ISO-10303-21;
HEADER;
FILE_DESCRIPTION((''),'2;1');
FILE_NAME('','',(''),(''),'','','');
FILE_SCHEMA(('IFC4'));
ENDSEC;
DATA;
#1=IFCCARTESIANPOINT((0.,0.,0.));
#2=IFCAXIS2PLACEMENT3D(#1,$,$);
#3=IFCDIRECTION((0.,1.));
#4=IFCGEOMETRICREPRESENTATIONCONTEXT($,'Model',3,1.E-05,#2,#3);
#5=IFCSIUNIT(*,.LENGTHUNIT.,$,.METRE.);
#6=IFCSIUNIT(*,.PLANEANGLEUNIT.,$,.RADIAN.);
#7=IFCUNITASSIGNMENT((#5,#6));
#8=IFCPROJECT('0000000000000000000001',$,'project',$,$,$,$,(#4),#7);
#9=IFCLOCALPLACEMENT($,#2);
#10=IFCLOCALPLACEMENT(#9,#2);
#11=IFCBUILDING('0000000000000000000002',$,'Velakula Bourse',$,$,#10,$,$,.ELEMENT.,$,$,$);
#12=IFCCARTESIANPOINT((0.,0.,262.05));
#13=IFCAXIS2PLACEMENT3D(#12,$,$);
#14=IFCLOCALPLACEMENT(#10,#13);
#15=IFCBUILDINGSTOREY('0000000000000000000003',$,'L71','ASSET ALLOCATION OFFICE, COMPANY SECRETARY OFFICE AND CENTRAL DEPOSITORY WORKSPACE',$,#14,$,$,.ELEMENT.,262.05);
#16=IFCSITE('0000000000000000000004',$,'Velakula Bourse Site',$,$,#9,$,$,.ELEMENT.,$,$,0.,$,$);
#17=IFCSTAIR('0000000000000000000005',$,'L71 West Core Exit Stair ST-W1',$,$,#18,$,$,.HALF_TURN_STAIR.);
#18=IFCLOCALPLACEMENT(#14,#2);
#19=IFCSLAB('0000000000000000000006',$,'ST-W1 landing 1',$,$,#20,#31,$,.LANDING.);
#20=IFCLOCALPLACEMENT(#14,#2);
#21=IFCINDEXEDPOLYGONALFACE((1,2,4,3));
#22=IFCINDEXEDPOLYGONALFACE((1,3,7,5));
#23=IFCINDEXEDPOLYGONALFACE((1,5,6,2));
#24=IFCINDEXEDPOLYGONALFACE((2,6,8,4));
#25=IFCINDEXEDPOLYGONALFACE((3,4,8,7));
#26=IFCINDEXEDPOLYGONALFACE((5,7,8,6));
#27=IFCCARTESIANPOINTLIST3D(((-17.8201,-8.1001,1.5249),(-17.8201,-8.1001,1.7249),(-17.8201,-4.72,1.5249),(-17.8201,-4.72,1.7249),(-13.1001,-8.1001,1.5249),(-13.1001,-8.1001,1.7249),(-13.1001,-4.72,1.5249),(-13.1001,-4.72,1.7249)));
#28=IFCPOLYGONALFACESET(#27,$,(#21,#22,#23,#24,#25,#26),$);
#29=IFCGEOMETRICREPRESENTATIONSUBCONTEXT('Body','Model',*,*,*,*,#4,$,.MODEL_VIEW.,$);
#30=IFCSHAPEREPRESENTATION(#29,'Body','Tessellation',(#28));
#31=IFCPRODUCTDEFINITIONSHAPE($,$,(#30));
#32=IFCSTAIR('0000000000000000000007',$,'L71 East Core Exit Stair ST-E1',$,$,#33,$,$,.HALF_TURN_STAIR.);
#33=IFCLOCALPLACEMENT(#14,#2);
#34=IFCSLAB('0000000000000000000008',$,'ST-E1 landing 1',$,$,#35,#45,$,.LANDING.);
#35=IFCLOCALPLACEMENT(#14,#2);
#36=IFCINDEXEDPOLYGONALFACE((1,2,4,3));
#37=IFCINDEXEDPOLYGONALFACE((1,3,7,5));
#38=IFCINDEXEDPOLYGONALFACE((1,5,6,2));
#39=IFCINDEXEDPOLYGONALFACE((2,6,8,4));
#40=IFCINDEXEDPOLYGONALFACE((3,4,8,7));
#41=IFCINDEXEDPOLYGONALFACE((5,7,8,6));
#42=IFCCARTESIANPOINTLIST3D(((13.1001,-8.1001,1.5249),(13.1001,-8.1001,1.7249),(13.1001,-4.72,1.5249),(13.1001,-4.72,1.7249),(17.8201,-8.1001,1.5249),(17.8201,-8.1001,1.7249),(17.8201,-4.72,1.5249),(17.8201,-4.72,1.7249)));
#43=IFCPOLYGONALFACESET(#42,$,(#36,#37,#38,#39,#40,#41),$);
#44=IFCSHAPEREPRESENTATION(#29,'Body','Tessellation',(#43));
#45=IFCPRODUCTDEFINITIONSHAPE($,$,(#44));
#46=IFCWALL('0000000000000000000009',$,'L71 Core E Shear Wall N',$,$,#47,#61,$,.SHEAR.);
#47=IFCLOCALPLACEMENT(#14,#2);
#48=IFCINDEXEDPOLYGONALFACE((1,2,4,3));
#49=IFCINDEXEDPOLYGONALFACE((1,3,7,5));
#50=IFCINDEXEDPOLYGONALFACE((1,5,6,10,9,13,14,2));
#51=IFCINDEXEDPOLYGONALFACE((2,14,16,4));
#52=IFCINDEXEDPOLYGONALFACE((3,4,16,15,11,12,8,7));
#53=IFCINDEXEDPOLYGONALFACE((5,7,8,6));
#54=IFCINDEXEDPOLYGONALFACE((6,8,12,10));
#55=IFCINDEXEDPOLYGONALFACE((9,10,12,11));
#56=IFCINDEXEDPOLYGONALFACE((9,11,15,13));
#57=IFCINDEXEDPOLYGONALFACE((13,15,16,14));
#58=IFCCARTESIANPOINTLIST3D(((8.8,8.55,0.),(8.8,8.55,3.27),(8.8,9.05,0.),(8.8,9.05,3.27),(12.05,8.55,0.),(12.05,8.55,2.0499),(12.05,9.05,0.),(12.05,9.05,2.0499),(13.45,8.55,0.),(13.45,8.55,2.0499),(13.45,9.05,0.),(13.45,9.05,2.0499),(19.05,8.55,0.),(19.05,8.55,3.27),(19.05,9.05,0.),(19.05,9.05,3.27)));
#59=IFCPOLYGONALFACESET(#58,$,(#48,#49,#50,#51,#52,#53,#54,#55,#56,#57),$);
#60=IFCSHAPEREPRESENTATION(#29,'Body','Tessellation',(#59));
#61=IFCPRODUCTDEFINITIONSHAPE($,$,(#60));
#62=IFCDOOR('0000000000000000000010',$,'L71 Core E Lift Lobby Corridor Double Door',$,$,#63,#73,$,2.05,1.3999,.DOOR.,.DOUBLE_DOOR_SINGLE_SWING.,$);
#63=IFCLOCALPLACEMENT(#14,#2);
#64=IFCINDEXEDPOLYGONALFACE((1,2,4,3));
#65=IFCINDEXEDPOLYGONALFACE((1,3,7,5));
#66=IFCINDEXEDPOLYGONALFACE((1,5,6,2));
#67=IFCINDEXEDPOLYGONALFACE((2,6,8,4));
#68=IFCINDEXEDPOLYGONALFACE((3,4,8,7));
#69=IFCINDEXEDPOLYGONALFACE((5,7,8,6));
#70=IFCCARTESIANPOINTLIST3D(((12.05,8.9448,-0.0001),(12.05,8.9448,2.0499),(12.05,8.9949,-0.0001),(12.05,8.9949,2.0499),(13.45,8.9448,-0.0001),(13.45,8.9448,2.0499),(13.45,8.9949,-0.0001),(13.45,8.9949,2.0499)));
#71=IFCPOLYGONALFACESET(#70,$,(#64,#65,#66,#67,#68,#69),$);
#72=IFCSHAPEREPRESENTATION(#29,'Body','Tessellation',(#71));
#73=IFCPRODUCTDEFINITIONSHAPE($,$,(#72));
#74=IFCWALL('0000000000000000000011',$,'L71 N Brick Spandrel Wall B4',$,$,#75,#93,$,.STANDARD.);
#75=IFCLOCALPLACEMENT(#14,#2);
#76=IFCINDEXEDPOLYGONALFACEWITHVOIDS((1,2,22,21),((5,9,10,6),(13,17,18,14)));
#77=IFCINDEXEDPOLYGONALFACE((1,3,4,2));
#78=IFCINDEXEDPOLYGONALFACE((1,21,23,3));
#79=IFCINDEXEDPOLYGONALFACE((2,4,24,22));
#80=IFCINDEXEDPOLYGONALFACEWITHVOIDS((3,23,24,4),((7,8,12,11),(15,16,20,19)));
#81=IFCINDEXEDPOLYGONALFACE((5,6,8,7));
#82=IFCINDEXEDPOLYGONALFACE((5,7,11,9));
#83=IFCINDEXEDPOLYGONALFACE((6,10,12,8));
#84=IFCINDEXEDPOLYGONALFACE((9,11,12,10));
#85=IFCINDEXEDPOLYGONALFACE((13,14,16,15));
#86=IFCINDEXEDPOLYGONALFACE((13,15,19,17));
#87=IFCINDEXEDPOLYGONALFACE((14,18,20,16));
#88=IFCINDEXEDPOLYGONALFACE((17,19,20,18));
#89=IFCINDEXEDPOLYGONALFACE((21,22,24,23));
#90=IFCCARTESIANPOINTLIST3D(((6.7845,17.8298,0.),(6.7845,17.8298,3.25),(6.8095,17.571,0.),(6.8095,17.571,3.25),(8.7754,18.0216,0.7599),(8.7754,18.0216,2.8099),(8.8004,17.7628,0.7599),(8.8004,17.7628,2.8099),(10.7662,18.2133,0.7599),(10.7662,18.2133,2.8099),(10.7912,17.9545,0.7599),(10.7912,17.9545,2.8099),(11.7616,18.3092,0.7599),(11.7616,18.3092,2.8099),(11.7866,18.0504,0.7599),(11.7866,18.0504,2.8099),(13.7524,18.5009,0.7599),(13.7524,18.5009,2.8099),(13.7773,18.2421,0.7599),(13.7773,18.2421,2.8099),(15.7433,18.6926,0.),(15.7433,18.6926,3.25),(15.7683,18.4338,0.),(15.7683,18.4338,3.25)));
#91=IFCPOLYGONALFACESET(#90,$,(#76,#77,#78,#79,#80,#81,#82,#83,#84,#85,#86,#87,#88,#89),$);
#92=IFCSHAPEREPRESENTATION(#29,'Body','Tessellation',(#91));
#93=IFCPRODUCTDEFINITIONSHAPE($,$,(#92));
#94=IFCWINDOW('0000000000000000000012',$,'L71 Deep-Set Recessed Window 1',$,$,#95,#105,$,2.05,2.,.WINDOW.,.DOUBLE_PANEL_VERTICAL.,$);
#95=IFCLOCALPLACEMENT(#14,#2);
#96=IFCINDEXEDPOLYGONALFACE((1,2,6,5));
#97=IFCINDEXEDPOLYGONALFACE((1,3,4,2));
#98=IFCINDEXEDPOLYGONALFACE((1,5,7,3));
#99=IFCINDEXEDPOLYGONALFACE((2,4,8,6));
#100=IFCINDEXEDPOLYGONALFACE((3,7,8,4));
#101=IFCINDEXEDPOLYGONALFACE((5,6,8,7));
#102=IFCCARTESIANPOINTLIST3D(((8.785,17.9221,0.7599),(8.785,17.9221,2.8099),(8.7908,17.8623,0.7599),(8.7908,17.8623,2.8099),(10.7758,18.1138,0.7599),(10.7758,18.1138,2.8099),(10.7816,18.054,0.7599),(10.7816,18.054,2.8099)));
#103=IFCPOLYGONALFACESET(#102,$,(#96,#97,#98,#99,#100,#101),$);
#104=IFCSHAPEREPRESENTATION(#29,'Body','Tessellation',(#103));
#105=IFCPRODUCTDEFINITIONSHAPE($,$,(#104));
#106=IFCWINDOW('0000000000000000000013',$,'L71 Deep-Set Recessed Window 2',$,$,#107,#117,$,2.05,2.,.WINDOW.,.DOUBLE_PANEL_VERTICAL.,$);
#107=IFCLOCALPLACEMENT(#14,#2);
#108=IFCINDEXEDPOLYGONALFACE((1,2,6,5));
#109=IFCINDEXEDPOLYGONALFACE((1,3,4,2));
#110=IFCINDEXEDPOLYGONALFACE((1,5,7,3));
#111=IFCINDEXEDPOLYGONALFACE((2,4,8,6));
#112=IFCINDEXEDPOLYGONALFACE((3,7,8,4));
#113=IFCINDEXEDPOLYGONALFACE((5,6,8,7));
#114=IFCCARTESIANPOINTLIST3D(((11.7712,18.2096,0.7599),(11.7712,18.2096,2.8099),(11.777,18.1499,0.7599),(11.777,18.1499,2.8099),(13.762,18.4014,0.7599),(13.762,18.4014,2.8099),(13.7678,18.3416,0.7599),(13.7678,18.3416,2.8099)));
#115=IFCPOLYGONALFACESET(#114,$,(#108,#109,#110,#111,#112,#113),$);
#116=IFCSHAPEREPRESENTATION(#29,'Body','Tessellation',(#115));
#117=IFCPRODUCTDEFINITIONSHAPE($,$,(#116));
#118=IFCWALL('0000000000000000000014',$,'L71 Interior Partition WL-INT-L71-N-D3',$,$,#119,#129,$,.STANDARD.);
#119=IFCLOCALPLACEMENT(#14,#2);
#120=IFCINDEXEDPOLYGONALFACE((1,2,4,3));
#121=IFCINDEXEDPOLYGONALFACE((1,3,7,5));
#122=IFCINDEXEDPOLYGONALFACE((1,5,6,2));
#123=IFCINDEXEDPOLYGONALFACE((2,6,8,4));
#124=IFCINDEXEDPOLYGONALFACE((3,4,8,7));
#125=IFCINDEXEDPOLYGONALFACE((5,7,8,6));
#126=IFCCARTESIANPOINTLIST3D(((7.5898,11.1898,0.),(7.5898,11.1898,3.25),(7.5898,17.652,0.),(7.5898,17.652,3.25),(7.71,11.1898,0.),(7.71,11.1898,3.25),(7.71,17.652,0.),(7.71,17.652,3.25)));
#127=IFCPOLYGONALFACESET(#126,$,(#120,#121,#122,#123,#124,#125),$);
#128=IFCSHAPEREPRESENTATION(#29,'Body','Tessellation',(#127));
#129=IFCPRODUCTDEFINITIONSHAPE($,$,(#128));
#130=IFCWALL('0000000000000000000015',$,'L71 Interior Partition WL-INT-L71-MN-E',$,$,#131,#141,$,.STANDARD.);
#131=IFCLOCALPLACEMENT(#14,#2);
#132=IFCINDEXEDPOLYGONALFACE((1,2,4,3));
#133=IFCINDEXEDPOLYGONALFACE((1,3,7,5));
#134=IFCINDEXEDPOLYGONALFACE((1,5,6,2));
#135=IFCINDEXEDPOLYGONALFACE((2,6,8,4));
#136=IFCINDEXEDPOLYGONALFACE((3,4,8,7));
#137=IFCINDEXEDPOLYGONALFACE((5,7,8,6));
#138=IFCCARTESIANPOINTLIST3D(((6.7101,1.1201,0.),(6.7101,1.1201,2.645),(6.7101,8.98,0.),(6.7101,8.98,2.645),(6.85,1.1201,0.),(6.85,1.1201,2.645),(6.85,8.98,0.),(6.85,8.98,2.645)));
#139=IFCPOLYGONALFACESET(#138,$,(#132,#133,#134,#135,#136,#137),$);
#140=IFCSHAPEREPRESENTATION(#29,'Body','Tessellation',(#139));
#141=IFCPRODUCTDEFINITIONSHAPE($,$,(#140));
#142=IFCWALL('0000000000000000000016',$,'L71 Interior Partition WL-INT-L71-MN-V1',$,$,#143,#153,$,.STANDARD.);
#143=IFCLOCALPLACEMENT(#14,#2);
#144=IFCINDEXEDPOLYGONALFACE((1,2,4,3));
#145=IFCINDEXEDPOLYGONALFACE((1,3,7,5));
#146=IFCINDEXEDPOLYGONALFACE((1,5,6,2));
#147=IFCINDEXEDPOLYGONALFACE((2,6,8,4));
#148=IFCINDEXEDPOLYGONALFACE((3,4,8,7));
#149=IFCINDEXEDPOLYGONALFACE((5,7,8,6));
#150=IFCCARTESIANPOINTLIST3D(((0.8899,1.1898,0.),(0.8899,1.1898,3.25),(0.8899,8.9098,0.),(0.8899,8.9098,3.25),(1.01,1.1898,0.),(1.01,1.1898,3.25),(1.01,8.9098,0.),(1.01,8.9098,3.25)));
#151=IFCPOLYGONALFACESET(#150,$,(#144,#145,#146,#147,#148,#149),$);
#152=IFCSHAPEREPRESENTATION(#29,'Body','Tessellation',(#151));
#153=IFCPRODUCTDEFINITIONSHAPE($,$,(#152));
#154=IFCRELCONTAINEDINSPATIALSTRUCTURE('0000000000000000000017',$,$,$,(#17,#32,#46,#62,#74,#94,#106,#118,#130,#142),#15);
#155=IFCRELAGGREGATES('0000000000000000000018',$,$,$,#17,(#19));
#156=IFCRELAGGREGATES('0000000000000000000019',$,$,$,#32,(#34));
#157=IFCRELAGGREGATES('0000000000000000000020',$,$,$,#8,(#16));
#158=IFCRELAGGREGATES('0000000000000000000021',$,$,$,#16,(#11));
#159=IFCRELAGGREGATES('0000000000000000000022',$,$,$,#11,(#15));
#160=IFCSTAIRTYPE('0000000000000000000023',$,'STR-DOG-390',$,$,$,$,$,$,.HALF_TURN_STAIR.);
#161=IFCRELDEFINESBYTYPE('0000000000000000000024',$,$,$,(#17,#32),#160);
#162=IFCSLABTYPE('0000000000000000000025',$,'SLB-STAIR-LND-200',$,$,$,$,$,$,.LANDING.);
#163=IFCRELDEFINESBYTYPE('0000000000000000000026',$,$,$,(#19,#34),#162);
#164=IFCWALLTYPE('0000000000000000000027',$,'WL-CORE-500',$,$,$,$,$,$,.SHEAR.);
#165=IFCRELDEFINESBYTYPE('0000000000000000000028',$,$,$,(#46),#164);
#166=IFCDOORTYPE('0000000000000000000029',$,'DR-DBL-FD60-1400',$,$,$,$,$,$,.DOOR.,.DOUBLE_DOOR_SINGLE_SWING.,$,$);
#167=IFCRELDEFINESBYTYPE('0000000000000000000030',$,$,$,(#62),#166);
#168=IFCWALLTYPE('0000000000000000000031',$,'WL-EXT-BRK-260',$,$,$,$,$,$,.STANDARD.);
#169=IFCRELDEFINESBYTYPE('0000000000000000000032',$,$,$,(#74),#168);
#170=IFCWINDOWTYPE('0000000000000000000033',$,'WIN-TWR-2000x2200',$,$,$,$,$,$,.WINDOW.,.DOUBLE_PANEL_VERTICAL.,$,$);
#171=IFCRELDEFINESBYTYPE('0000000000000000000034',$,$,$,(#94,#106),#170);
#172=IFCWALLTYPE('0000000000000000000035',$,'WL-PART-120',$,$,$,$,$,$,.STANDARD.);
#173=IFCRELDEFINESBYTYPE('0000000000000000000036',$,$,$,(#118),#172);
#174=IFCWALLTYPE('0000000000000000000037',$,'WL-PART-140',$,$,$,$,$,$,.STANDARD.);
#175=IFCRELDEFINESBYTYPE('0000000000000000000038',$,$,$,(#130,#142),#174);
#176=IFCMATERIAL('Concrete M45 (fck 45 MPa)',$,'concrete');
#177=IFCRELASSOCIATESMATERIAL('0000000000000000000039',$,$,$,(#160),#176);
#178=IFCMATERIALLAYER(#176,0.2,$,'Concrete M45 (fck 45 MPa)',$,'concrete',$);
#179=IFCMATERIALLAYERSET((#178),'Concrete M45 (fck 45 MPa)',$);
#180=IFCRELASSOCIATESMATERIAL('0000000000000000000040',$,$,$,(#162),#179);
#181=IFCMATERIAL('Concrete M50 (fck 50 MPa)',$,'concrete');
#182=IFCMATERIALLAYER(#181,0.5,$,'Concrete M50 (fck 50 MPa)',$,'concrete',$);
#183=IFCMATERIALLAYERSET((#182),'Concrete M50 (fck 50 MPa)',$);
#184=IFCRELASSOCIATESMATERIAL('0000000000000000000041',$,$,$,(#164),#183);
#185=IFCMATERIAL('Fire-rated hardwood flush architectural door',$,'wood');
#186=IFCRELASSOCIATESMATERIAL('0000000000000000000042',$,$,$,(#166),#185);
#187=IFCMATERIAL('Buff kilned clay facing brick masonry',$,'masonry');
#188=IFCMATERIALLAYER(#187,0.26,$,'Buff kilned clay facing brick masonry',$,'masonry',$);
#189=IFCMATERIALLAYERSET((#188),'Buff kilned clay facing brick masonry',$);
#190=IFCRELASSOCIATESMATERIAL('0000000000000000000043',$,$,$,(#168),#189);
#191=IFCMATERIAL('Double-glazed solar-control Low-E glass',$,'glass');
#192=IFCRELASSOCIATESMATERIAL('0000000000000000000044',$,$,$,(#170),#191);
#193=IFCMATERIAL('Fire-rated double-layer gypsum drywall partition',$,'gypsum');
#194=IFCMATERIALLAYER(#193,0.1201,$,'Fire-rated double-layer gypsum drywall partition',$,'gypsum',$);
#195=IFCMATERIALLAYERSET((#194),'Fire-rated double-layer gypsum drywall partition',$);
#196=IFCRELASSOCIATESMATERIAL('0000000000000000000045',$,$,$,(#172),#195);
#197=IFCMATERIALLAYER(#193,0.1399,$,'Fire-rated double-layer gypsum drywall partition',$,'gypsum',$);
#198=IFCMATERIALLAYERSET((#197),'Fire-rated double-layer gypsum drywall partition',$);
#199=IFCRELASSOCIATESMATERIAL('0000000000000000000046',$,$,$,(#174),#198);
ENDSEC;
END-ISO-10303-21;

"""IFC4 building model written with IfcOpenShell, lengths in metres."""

from ifc_helpers import new_model, si_unit, direction, frame, frame_2d, origin, place, context, subcontext, project, spatial, polyline, rectangle, outline, extrude, material, layer, layer_set, type_object, element, fill, aggregate, save


model = new_model("IFC4")

# Units and contexts
model_context = context("Model", 3, precision=1e-05, world=origin(), true_north=direction((0.0, 1.0)))
body_context = subcontext(model_context, "Body", "Model", "MODEL_VIEW")
ifc_project = project(units=[si_unit("LENGTHUNIT", "METRE"), si_unit("PLANEANGLEUNIT", "RADIAN")], contexts=[model_context])

# Site, building, storey
site_placement = place(None, origin())
site = spatial("IfcSite", under=ifc_project, at=site_placement, Name="Velakula Bourse Site", CompositionType="ELEMENT", RefElevation=0.0)
building_placement = place(site_placement, origin())
building = spatial("IfcBuilding", under=site, at=building_placement, Name="Velakula Bourse", CompositionType="ELEMENT")
storey_placement = place(building_placement, frame((0.0, 0.0, 262.05)))
storey = spatial("IfcBuildingStorey", under=building, at=storey_placement, Name="L71", Description="ASSET ALLOCATION OFFICE, COMPANY SECRETARY OFFICE AND CENTRAL DEPOSITORY WORKSPACE", CompositionType="ELEMENT", Elevation=262.05)

# Shared definitions
ifc_material_1 = material(Name="Concrete M50 (fck 50 MPa)", Category="concrete")

# Stairs, slabs
ifc_material_2 = material(Name="Concrete M45 (fck 45 MPa)", Category="concrete")
stair_type = type_object("IfcStairType", Name="STR-DOG-390", PredefinedType="HALF_TURN_STAIR", material=ifc_material_2)
stair_1_placement = place(storey_placement, origin())
stair_1 = element("IfcStair", 1, at=stair_1_placement, inside=storey, type_object=stair_type, Name="L71 West Core Exit Stair ST-W1", PredefinedType="HALF_TURN_STAIR")
ifc_layer_1 = layer(ifc_material_2, 0.2, Name="Concrete M45 (fck 45 MPa)", Category="concrete")
ifc_layer_set_1 = layer_set([ifc_layer_1], Name="Concrete M45 (fck 45 MPa)")
slab_type = type_object("IfcSlabType", Name="SLB-STAIR-LND-200", PredefinedType="LANDING", material=ifc_layer_set_1)
slab_1_placement = place(storey_placement, frame((0.0, 0.0, 1.5249)))
slab_1 = element("IfcSlab", 2, at=slab_1_placement, type_object=slab_type, Name="ST-W1 landing 1", PredefinedType="LANDING", context=body_context, shape_type="SweptSolid", body=[
    extrude(outline(polyline([(-17.8201, -4.72), (-17.8201, -8.1001), (-13.1001, -8.1001), (-13.1001, -4.72), (-17.8201, -4.72)])), origin(), (0.0, 0.0, 1.0), 0.2),
])
aggregate(stair_1, [slab_1])
stair_2_placement = place(storey_placement, origin())
stair_2 = element("IfcStair", 3, at=stair_2_placement, inside=storey, type_object=stair_type, Name="L71 East Core Exit Stair ST-E1", PredefinedType="HALF_TURN_STAIR")
slab_2_placement = place(storey_placement, frame((0.0, 0.0, 1.5249)))
slab_2 = element("IfcSlab", 4, at=slab_2_placement, type_object=slab_type, Name="ST-E1 landing 1", PredefinedType="LANDING", context=body_context, shape_type="SweptSolid", body=[
    extrude(outline(polyline([(13.1001, -4.72), (13.1001, -8.1001), (17.8201, -8.1001), (17.8201, -4.72), (13.1001, -4.72)])), origin(), (0.0, 0.0, 1.0), 0.2),
])
aggregate(stair_2, [slab_2])

# Wall, opening, door
ifc_layer_2 = layer(ifc_material_1, 0.5, Name="Concrete M50 (fck 50 MPa)", Category="concrete")
ifc_layer_set_2 = layer_set([ifc_layer_2], Name="Concrete M50 (fck 50 MPa)")
wall_type_1 = type_object("IfcWallType", Name="WL-CORE-500", PredefinedType="SHEAR", material=ifc_layer_set_2)
wall_1_placement = place(storey_placement, frame((8.8, 8.8, 0.0), z_axis=(0.0, 0.0, 1.0), x_axis=(1.0, 0.0, 0.0)))
wall_1 = element("IfcWall", 5, at=wall_1_placement, inside=storey, type_object=wall_type_1, Name="L71 Core E Shear Wall N", PredefinedType="SHEAR", context=body_context, shape_type="SweptSolid", body=[
    extrude(rectangle(XDim=10.25, YDim=0.5, at=frame_2d((5.125, 0.0))), origin(), (0.0, 0.0, 1.0), 3.27),
])
opening_1_placement = place(wall_1_placement, frame((3.25, 0.0, 0.0)))
opening_1 = element("IfcOpeningElement", 6, at=opening_1_placement, cuts=wall_1, PredefinedType="OPENING", context=body_context, shape_type="SweptSolid", body=[
    extrude(rectangle(XDim=1.3999, YDim=2.05, at=frame_2d((0.7, 1.0249))), frame((0.0, 0.26, 0.0), z_axis=(0.0, -1.0, 0.0), x_axis=(1.0, 0.0, 0.0)), (0.0, 0.0, 1.0), 0.52),
])
ifc_material_3 = material(Name="Fire-rated hardwood flush architectural door", Category="wood")
door_type = type_object("IfcDoorType", Name="DR-DBL-FD60-1400", OperationType="DOUBLE_DOOR_SINGLE_SWING", PredefinedType="DOOR", material=ifc_material_3)
door_placement = place(opening_1_placement, origin())
door = element("IfcDoor", 7, at=door_placement, inside=storey, type_object=door_type, Name="L71 Core E Lift Lobby Corridor Double Door", OperationType="DOUBLE_DOOR_SINGLE_SWING", OverallHeight=2.05, OverallWidth=1.3999, PredefinedType="DOOR", context=body_context, shape_type="SweptSolid", body=[
    extrude(rectangle(XDim=1.3999, YDim=2.05, at=frame_2d((0.7, 1.0249))), frame((0.0, 0.1948, 0.0), z_axis=(0.0, -1.0, 0.0), x_axis=(1.0, 0.0, 0.0)), (0.0, 0.0, 1.0), 0.05),
])
fill(opening_1, door)

# Wall, openings, windows
ifc_material_4 = material(Name="Buff kilned clay facing brick masonry", Category="masonry")
ifc_layer_3 = layer(ifc_material_4, 0.26, Name="Buff kilned clay facing brick masonry", Category="masonry")
ifc_layer_set_3 = layer_set([ifc_layer_3], Name="Buff kilned clay facing brick masonry")
wall_type_2 = type_object("IfcWallType", Name="WL-EXT-BRK-260", PredefinedType="STANDARD", material=ifc_layer_set_3)
wall_2_placement = place(storey_placement, frame((6.7971, 17.7004, 0.0), z_axis=(0.0, 0.0, 1.0), x_axis=(0.995394, 0.095864, 0.0)))
wall_2 = element("IfcWall", 8, at=wall_2_placement, inside=storey, type_object=wall_type_2, Name="L71 N Brick Spandrel Wall B4", PredefinedType="STANDARD", context=body_context, shape_type="SweptSolid", body=[
    extrude(rectangle(XDim=9.0002, YDim=0.26, at=frame_2d((4.5, 0.0))), origin(), (0.0, 0.0, 1.0), 3.25),
])
opening_2_placement = place(wall_2_placement, frame((2.0, 0.0, 0.76)))
opening_2 = element("IfcOpeningElement", 9, at=opening_2_placement, cuts=wall_2, PredefinedType="OPENING", context=body_context, shape_type="SweptSolid", body=[
    extrude(rectangle(XDim=2.0, YDim=2.05, at=frame_2d((1.0, 1.0249))), frame((0.0, 0.1399, 0.0), z_axis=(0.0, -1.0, 0.0), x_axis=(1.0, 0.0, 0.0)), (0.0, 0.0, 1.0), 0.28),
])
opening_3_placement = place(wall_2_placement, frame((5.0, 0.0, 0.76)))
opening_3 = element("IfcOpeningElement", 10, at=opening_3_placement, cuts=wall_2, PredefinedType="OPENING", context=body_context, shape_type="SweptSolid", body=[
    extrude(rectangle(XDim=2.0, YDim=2.05, at=frame_2d((1.0, 1.0249))), frame((0.0, 0.1399, 0.0), z_axis=(0.0, -1.0, 0.0), x_axis=(1.0, 0.0, 0.0)), (0.0, 0.0, 1.0), 0.28),
])
ifc_material_5 = material(Name="Double-glazed solar-control Low-E glass", Category="glass")
window_type = type_object("IfcWindowType", Name="WIN-TWR-2000x2200", PartitioningType="DOUBLE_PANEL_VERTICAL", PredefinedType="WINDOW", material=ifc_material_5)
window_1_placement = place(opening_2_placement, origin())
window_1 = element("IfcWindow", 11, at=window_1_placement, inside=storey, type_object=window_type, Name="L71 Deep-Set Recessed Window 1", OverallHeight=2.05, OverallWidth=2.0, PartitioningType="DOUBLE_PANEL_VERTICAL", PredefinedType="WINDOW", context=body_context, shape_type="SweptSolid", body=[
    extrude(rectangle(XDim=2.0, YDim=2.05, at=frame_2d((1.0, 1.0249))), frame((0.0, 0.03, 0.0), z_axis=(0.0, -1.0, 0.0), x_axis=(1.0, 0.0, 0.0)), (0.0, 0.0, 1.0), 0.0601),
])
fill(opening_2, window_1)
window_2_placement = place(opening_3_placement, origin())
window_2 = element("IfcWindow", 12, at=window_2_placement, inside=storey, type_object=window_type, Name="L71 Deep-Set Recessed Window 2", OverallHeight=2.05, OverallWidth=2.0, PartitioningType="DOUBLE_PANEL_VERTICAL", PredefinedType="WINDOW", context=body_context, shape_type="SweptSolid", body=[
    extrude(rectangle(XDim=2.0, YDim=2.05, at=frame_2d((1.0, 1.0249))), frame((0.0, 0.03, 0.0), z_axis=(0.0, -1.0, 0.0), x_axis=(1.0, 0.0, 0.0)), (0.0, 0.0, 1.0), 0.0601),
])
fill(opening_3, window_2)

# Walls
ifc_material_6 = material(Name="Fire-rated double-layer gypsum drywall partition", Category="gypsum")
ifc_layer_4 = layer(ifc_material_6, 0.1201, Name="Fire-rated double-layer gypsum drywall partition", Category="gypsum")
ifc_layer_set_4 = layer_set([ifc_layer_4], Name="Fire-rated double-layer gypsum drywall partition")
wall_type_3 = type_object("IfcWallType", Name="WL-PART-120", PredefinedType="STANDARD", material=ifc_layer_set_4)
wall_3_placement = place(storey_placement, frame((7.6499, 11.1899, 0.0), z_axis=(0.0, 0.0, 1.0), x_axis=(0.0, 1.0, 0.0)))
element("IfcWall", 13, at=wall_3_placement, inside=storey, type_object=wall_type_3, Name="L71 Interior Partition WL-INT-L71-N-D3", PredefinedType="STANDARD", context=body_context, shape_type="SweptSolid", body=[
    extrude(rectangle(XDim=6.4622, YDim=0.1201, at=frame_2d((3.231, 0.0))), origin(), (0.0, 0.0, 1.0), 3.25),
])
ifc_layer_5 = layer(ifc_material_6, 0.1399, Name="Fire-rated double-layer gypsum drywall partition", Category="gypsum")
ifc_layer_set_5 = layer_set([ifc_layer_5], Name="Fire-rated double-layer gypsum drywall partition")
wall_type_4 = type_object("IfcWallType", Name="WL-PART-140", PredefinedType="STANDARD", material=ifc_layer_set_5)
wall_4_placement = place(storey_placement, frame((6.78, 1.1201, 0.0), z_axis=(0.0, 0.0, 1.0), x_axis=(0.0, 1.0, 0.0)))
element("IfcWall", 14, at=wall_4_placement, inside=storey, type_object=wall_type_4, Name="L71 Interior Partition WL-INT-L71-MN-E", PredefinedType="STANDARD", context=body_context, shape_type="SweptSolid", body=[
    extrude(rectangle(XDim=7.8599, YDim=0.1399, at=frame_2d((3.9299, 0.0))), origin(), (0.0, 0.0, 1.0), 2.645),
])
wall_5_placement = place(storey_placement, frame((0.95, 1.1899, 0.0), z_axis=(0.0, 0.0, 1.0), x_axis=(0.0, 1.0, 0.0)))
element("IfcWall", 15, at=wall_5_placement, inside=storey, type_object=wall_type_4, Name="L71 Interior Partition WL-INT-L71-MN-V1", PredefinedType="STANDARD", context=body_context, shape_type="SweptSolid", body=[
    extrude(rectangle(XDim=7.72, YDim=0.1201, at=frame_2d((3.8599, 0.0))), origin(), (0.0, 0.0, 1.0), 3.25),
])

save(model, "model.ifc")
